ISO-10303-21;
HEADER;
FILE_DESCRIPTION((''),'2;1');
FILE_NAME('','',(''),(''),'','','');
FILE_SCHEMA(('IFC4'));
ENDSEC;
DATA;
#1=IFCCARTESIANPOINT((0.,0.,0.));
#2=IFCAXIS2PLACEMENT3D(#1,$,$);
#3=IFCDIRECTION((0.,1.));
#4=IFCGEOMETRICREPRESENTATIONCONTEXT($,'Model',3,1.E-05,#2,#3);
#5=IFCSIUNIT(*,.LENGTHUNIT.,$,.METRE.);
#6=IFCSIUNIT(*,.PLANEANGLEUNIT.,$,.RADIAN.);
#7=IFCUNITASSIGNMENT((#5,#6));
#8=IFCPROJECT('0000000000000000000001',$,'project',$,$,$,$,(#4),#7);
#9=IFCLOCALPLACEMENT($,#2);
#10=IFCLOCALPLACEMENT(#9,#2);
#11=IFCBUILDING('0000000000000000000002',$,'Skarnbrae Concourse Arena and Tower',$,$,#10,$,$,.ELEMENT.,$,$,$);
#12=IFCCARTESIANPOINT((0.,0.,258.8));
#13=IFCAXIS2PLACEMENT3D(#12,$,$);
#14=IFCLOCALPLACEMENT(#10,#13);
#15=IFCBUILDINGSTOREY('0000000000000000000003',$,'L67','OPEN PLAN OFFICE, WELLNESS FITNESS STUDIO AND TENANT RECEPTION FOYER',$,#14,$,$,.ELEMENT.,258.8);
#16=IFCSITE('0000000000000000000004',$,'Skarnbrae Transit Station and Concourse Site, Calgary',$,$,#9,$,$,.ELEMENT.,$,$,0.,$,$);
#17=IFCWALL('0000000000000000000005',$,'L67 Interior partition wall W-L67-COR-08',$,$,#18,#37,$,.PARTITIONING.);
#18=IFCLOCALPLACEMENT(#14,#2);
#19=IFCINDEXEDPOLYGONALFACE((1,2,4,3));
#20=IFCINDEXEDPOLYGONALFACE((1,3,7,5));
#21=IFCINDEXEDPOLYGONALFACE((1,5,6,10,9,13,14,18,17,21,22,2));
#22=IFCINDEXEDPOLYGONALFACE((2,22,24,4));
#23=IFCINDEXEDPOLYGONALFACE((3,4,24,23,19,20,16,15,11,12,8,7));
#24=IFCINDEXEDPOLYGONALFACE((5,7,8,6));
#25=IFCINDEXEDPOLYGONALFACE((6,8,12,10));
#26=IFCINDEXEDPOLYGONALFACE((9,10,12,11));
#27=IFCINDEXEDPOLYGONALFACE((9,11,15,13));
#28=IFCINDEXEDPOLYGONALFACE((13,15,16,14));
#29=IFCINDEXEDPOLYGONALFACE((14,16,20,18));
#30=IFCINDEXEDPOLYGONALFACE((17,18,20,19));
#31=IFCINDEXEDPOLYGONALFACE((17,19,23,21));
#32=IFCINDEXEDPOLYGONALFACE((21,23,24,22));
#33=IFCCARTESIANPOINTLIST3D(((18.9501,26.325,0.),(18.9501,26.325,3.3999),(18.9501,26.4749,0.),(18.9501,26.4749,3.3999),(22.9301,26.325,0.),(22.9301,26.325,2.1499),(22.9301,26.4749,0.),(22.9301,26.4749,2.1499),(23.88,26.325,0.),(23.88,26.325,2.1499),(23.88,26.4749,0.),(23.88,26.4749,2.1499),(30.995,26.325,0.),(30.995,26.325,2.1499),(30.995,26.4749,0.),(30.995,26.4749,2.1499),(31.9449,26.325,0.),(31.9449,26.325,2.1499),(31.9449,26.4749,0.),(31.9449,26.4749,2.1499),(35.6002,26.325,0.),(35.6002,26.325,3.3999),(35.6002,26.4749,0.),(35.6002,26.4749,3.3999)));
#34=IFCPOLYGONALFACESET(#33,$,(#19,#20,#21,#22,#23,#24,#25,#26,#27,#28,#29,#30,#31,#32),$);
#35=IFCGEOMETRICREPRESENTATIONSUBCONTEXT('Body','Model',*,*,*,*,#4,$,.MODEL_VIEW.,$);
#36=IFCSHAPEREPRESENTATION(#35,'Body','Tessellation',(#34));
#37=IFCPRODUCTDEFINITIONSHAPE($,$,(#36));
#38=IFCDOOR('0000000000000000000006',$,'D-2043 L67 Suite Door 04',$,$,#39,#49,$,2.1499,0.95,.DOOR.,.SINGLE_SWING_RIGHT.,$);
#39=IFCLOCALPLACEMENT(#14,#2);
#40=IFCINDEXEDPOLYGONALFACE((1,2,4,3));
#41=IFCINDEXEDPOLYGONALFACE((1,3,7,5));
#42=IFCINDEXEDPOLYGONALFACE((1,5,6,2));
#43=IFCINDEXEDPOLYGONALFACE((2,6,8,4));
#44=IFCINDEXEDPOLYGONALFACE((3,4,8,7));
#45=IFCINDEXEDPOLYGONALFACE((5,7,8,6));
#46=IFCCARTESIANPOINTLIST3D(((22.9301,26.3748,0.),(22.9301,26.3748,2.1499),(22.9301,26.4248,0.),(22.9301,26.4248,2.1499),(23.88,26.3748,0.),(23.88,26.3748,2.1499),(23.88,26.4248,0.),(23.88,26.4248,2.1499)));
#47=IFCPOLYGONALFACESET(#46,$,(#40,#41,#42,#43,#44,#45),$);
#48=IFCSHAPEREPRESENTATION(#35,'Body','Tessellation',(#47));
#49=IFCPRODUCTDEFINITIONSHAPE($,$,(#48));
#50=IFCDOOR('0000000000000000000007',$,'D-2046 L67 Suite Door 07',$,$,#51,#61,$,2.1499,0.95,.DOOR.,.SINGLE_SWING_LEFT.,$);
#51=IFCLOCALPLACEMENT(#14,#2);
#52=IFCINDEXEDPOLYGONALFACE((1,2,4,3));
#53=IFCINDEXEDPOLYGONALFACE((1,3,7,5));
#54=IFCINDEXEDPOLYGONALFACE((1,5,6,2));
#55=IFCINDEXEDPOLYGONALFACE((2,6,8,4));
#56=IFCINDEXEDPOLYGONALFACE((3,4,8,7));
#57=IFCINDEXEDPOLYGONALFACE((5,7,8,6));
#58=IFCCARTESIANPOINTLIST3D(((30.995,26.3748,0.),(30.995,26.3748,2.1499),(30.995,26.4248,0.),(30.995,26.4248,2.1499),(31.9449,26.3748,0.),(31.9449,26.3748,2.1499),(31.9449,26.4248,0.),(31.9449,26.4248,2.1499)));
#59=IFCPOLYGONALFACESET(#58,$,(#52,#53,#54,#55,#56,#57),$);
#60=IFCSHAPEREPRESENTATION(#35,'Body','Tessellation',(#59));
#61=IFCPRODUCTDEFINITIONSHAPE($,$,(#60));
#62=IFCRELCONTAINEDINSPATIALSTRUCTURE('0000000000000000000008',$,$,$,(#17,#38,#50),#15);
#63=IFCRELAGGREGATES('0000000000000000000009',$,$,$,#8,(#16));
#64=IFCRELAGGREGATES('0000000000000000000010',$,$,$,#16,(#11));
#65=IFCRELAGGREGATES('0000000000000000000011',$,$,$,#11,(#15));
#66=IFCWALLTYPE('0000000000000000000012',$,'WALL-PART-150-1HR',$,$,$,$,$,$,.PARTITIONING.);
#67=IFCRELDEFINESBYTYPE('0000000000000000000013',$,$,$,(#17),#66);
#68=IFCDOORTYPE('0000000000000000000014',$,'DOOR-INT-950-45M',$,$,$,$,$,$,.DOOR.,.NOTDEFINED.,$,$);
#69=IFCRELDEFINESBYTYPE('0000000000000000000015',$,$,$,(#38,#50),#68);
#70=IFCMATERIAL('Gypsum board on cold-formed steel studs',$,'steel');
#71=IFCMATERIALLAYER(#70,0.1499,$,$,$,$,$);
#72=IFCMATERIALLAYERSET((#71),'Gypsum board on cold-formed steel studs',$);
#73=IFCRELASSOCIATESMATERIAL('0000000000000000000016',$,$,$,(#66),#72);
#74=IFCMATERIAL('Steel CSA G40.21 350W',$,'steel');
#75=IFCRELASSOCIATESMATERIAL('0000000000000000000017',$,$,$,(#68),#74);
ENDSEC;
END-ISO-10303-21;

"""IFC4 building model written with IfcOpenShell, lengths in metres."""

from ifc_helpers import new_model, si_unit, direction, frame, frame_2d, origin, place, context, subcontext, project, spatial, rectangle, extrude, source, transform, mapped, material, layer, layer_set, type_object, element, fill, save


model = new_model("IFC4")

# Units and contexts
model_context = context("Model", 3, precision=1e-05, world=origin(), true_north=direction((0.0, 1.0)))
body_context = subcontext(model_context, "Body", "Model", "MODEL_VIEW")
ifc_project = project(units=[si_unit("LENGTHUNIT", "METRE"), si_unit("PLANEANGLEUNIT", "RADIAN")], contexts=[model_context])

# Site, building, storey
site_placement = place(None, origin())
site = spatial("IfcSite", under=ifc_project, at=site_placement, Name="Skarnbrae Transit Station and Concourse Site, Calgary", CompositionType="ELEMENT", RefElevation=0.0)
building_placement = place(site_placement, origin())
building = spatial("IfcBuilding", under=site, at=building_placement, Name="Skarnbrae Concourse Arena and Tower", CompositionType="ELEMENT")
storey_placement = place(building_placement, frame((0.0, 0.0, 258.8)))
storey = spatial("IfcBuildingStorey", under=building, at=storey_placement, Name="L67", Description="OPEN PLAN OFFICE, WELLNESS FITNESS STUDIO AND TENANT RECEPTION FOYER", CompositionType="ELEMENT", Elevation=258.8)

# Shared definitions
ifc_material_1 = material(Name="Steel CSA G40.21 350W", Category="steel")

# Shared definitions
ifc_material_2 = material(Name="Gypsum board on cold-formed steel studs", Category="steel")
ifc_layer = layer(ifc_material_2, 0.1499)
ifc_layer_set = layer_set([ifc_layer], Name="Gypsum board on cold-formed steel studs")
wall_type = type_object("IfcWallType", Name="WALL-PART-150-1HR", PredefinedType="PARTITIONING", material=ifc_layer_set)

# Shared definitions
door_type = type_object("IfcDoorType", Name="DOOR-INT-950-45M", OperationType="NOTDEFINED", PredefinedType="DOOR", material=ifc_material_1)
shared_shape_1 = source(origin(), body_context, "Body", "SweptSolid", [
    extrude(rectangle(XDim=0.95, YDim=2.1499, at=frame_2d((0.4751, 1.075))), frame((0.0, 0.0249, 0.0), z_axis=(0.0, -1.0, 0.0), x_axis=(1.0, 0.0, 0.0)), (0.0, 0.0, 1.0), 0.05),
])

# Wall, openings, doors
shared_shape_2 = source(origin(), body_context, "Body", "SweptSolid", [
    extrude(rectangle(XDim=16.6501, YDim=0.1499, at=frame_2d((8.3252, 0.0))), origin(), (0.0, 0.0, 1.0), 3.3999),
])
wall_1_placement = place(storey_placement, frame((18.95, 26.3999, 0.0), z_axis=(0.0, 0.0, 1.0), x_axis=(1.0, 0.0, 0.0)))
wall_1 = element("IfcWall", 1, at=wall_1_placement, inside=storey, type_object=wall_type, Name="L67 Interior partition wall W-L67-COR-08", PredefinedType="PARTITIONING", context=body_context, shape_type="MappedRepresentation", body=[
    mapped(shared_shape_2, transform((0.0, 0.0, 0.0))),
])
opening_1_placement = place(wall_1_placement, frame((3.98, 0.0, 0.0)))
opening_1 = element("IfcOpeningElement", 2, at=opening_1_placement, cuts=wall_1, PredefinedType="OPENING", context=body_context, shape_type="SweptSolid", body=[
    extrude(rectangle(XDim=0.95, YDim=2.1499, at=frame_2d((0.4751, 1.075))), frame((0.0, 0.085, 0.0), z_axis=(0.0, -1.0, 0.0), x_axis=(1.0, 0.0, 0.0)), (0.0, 0.0, 1.0), 0.1699),
])
opening_2_placement = place(wall_1_placement, frame((12.0449, 0.0, 0.0)))
opening_2 = element("IfcOpeningElement", 3, at=opening_2_placement, cuts=wall_1, PredefinedType="OPENING", context=body_context, shape_type="SweptSolid", body=[
    extrude(rectangle(XDim=0.95, YDim=2.1499, at=frame_2d((0.4751, 1.075))), frame((0.0, 0.085, 0.0), z_axis=(0.0, -1.0, 0.0), x_axis=(1.0, 0.0, 0.0)), (0.0, 0.0, 1.0), 0.1699),
])
door_1_placement = place(opening_1_placement, origin())
door_1 = element("IfcDoor", 4, at=door_1_placement, inside=storey, type_object=door_type, Name="D-2043 L67 Suite Door 04", OperationType="SINGLE_SWING_RIGHT", OverallHeight=2.1499, OverallWidth=0.95, PredefinedType="DOOR", context=body_context, shape_type="MappedRepresentation", body=[
    mapped(shared_shape_1, transform((0.0, 0.0, 0.0))),
])
fill(opening_1, door_1)
door_2_placement = place(opening_2_placement, origin())
door_2 = element("IfcDoor", 5, at=door_2_placement, inside=storey, type_object=door_type, Name="D-2046 L67 Suite Door 07", OperationType="SINGLE_SWING_LEFT", OverallHeight=2.1499, OverallWidth=0.95, PredefinedType="DOOR", context=body_context, shape_type="MappedRepresentation", body=[
    mapped(shared_shape_1, transform((0.0, 0.0, 0.0))),
])
fill(opening_2, door_2)

save(model, "model.ifc")
